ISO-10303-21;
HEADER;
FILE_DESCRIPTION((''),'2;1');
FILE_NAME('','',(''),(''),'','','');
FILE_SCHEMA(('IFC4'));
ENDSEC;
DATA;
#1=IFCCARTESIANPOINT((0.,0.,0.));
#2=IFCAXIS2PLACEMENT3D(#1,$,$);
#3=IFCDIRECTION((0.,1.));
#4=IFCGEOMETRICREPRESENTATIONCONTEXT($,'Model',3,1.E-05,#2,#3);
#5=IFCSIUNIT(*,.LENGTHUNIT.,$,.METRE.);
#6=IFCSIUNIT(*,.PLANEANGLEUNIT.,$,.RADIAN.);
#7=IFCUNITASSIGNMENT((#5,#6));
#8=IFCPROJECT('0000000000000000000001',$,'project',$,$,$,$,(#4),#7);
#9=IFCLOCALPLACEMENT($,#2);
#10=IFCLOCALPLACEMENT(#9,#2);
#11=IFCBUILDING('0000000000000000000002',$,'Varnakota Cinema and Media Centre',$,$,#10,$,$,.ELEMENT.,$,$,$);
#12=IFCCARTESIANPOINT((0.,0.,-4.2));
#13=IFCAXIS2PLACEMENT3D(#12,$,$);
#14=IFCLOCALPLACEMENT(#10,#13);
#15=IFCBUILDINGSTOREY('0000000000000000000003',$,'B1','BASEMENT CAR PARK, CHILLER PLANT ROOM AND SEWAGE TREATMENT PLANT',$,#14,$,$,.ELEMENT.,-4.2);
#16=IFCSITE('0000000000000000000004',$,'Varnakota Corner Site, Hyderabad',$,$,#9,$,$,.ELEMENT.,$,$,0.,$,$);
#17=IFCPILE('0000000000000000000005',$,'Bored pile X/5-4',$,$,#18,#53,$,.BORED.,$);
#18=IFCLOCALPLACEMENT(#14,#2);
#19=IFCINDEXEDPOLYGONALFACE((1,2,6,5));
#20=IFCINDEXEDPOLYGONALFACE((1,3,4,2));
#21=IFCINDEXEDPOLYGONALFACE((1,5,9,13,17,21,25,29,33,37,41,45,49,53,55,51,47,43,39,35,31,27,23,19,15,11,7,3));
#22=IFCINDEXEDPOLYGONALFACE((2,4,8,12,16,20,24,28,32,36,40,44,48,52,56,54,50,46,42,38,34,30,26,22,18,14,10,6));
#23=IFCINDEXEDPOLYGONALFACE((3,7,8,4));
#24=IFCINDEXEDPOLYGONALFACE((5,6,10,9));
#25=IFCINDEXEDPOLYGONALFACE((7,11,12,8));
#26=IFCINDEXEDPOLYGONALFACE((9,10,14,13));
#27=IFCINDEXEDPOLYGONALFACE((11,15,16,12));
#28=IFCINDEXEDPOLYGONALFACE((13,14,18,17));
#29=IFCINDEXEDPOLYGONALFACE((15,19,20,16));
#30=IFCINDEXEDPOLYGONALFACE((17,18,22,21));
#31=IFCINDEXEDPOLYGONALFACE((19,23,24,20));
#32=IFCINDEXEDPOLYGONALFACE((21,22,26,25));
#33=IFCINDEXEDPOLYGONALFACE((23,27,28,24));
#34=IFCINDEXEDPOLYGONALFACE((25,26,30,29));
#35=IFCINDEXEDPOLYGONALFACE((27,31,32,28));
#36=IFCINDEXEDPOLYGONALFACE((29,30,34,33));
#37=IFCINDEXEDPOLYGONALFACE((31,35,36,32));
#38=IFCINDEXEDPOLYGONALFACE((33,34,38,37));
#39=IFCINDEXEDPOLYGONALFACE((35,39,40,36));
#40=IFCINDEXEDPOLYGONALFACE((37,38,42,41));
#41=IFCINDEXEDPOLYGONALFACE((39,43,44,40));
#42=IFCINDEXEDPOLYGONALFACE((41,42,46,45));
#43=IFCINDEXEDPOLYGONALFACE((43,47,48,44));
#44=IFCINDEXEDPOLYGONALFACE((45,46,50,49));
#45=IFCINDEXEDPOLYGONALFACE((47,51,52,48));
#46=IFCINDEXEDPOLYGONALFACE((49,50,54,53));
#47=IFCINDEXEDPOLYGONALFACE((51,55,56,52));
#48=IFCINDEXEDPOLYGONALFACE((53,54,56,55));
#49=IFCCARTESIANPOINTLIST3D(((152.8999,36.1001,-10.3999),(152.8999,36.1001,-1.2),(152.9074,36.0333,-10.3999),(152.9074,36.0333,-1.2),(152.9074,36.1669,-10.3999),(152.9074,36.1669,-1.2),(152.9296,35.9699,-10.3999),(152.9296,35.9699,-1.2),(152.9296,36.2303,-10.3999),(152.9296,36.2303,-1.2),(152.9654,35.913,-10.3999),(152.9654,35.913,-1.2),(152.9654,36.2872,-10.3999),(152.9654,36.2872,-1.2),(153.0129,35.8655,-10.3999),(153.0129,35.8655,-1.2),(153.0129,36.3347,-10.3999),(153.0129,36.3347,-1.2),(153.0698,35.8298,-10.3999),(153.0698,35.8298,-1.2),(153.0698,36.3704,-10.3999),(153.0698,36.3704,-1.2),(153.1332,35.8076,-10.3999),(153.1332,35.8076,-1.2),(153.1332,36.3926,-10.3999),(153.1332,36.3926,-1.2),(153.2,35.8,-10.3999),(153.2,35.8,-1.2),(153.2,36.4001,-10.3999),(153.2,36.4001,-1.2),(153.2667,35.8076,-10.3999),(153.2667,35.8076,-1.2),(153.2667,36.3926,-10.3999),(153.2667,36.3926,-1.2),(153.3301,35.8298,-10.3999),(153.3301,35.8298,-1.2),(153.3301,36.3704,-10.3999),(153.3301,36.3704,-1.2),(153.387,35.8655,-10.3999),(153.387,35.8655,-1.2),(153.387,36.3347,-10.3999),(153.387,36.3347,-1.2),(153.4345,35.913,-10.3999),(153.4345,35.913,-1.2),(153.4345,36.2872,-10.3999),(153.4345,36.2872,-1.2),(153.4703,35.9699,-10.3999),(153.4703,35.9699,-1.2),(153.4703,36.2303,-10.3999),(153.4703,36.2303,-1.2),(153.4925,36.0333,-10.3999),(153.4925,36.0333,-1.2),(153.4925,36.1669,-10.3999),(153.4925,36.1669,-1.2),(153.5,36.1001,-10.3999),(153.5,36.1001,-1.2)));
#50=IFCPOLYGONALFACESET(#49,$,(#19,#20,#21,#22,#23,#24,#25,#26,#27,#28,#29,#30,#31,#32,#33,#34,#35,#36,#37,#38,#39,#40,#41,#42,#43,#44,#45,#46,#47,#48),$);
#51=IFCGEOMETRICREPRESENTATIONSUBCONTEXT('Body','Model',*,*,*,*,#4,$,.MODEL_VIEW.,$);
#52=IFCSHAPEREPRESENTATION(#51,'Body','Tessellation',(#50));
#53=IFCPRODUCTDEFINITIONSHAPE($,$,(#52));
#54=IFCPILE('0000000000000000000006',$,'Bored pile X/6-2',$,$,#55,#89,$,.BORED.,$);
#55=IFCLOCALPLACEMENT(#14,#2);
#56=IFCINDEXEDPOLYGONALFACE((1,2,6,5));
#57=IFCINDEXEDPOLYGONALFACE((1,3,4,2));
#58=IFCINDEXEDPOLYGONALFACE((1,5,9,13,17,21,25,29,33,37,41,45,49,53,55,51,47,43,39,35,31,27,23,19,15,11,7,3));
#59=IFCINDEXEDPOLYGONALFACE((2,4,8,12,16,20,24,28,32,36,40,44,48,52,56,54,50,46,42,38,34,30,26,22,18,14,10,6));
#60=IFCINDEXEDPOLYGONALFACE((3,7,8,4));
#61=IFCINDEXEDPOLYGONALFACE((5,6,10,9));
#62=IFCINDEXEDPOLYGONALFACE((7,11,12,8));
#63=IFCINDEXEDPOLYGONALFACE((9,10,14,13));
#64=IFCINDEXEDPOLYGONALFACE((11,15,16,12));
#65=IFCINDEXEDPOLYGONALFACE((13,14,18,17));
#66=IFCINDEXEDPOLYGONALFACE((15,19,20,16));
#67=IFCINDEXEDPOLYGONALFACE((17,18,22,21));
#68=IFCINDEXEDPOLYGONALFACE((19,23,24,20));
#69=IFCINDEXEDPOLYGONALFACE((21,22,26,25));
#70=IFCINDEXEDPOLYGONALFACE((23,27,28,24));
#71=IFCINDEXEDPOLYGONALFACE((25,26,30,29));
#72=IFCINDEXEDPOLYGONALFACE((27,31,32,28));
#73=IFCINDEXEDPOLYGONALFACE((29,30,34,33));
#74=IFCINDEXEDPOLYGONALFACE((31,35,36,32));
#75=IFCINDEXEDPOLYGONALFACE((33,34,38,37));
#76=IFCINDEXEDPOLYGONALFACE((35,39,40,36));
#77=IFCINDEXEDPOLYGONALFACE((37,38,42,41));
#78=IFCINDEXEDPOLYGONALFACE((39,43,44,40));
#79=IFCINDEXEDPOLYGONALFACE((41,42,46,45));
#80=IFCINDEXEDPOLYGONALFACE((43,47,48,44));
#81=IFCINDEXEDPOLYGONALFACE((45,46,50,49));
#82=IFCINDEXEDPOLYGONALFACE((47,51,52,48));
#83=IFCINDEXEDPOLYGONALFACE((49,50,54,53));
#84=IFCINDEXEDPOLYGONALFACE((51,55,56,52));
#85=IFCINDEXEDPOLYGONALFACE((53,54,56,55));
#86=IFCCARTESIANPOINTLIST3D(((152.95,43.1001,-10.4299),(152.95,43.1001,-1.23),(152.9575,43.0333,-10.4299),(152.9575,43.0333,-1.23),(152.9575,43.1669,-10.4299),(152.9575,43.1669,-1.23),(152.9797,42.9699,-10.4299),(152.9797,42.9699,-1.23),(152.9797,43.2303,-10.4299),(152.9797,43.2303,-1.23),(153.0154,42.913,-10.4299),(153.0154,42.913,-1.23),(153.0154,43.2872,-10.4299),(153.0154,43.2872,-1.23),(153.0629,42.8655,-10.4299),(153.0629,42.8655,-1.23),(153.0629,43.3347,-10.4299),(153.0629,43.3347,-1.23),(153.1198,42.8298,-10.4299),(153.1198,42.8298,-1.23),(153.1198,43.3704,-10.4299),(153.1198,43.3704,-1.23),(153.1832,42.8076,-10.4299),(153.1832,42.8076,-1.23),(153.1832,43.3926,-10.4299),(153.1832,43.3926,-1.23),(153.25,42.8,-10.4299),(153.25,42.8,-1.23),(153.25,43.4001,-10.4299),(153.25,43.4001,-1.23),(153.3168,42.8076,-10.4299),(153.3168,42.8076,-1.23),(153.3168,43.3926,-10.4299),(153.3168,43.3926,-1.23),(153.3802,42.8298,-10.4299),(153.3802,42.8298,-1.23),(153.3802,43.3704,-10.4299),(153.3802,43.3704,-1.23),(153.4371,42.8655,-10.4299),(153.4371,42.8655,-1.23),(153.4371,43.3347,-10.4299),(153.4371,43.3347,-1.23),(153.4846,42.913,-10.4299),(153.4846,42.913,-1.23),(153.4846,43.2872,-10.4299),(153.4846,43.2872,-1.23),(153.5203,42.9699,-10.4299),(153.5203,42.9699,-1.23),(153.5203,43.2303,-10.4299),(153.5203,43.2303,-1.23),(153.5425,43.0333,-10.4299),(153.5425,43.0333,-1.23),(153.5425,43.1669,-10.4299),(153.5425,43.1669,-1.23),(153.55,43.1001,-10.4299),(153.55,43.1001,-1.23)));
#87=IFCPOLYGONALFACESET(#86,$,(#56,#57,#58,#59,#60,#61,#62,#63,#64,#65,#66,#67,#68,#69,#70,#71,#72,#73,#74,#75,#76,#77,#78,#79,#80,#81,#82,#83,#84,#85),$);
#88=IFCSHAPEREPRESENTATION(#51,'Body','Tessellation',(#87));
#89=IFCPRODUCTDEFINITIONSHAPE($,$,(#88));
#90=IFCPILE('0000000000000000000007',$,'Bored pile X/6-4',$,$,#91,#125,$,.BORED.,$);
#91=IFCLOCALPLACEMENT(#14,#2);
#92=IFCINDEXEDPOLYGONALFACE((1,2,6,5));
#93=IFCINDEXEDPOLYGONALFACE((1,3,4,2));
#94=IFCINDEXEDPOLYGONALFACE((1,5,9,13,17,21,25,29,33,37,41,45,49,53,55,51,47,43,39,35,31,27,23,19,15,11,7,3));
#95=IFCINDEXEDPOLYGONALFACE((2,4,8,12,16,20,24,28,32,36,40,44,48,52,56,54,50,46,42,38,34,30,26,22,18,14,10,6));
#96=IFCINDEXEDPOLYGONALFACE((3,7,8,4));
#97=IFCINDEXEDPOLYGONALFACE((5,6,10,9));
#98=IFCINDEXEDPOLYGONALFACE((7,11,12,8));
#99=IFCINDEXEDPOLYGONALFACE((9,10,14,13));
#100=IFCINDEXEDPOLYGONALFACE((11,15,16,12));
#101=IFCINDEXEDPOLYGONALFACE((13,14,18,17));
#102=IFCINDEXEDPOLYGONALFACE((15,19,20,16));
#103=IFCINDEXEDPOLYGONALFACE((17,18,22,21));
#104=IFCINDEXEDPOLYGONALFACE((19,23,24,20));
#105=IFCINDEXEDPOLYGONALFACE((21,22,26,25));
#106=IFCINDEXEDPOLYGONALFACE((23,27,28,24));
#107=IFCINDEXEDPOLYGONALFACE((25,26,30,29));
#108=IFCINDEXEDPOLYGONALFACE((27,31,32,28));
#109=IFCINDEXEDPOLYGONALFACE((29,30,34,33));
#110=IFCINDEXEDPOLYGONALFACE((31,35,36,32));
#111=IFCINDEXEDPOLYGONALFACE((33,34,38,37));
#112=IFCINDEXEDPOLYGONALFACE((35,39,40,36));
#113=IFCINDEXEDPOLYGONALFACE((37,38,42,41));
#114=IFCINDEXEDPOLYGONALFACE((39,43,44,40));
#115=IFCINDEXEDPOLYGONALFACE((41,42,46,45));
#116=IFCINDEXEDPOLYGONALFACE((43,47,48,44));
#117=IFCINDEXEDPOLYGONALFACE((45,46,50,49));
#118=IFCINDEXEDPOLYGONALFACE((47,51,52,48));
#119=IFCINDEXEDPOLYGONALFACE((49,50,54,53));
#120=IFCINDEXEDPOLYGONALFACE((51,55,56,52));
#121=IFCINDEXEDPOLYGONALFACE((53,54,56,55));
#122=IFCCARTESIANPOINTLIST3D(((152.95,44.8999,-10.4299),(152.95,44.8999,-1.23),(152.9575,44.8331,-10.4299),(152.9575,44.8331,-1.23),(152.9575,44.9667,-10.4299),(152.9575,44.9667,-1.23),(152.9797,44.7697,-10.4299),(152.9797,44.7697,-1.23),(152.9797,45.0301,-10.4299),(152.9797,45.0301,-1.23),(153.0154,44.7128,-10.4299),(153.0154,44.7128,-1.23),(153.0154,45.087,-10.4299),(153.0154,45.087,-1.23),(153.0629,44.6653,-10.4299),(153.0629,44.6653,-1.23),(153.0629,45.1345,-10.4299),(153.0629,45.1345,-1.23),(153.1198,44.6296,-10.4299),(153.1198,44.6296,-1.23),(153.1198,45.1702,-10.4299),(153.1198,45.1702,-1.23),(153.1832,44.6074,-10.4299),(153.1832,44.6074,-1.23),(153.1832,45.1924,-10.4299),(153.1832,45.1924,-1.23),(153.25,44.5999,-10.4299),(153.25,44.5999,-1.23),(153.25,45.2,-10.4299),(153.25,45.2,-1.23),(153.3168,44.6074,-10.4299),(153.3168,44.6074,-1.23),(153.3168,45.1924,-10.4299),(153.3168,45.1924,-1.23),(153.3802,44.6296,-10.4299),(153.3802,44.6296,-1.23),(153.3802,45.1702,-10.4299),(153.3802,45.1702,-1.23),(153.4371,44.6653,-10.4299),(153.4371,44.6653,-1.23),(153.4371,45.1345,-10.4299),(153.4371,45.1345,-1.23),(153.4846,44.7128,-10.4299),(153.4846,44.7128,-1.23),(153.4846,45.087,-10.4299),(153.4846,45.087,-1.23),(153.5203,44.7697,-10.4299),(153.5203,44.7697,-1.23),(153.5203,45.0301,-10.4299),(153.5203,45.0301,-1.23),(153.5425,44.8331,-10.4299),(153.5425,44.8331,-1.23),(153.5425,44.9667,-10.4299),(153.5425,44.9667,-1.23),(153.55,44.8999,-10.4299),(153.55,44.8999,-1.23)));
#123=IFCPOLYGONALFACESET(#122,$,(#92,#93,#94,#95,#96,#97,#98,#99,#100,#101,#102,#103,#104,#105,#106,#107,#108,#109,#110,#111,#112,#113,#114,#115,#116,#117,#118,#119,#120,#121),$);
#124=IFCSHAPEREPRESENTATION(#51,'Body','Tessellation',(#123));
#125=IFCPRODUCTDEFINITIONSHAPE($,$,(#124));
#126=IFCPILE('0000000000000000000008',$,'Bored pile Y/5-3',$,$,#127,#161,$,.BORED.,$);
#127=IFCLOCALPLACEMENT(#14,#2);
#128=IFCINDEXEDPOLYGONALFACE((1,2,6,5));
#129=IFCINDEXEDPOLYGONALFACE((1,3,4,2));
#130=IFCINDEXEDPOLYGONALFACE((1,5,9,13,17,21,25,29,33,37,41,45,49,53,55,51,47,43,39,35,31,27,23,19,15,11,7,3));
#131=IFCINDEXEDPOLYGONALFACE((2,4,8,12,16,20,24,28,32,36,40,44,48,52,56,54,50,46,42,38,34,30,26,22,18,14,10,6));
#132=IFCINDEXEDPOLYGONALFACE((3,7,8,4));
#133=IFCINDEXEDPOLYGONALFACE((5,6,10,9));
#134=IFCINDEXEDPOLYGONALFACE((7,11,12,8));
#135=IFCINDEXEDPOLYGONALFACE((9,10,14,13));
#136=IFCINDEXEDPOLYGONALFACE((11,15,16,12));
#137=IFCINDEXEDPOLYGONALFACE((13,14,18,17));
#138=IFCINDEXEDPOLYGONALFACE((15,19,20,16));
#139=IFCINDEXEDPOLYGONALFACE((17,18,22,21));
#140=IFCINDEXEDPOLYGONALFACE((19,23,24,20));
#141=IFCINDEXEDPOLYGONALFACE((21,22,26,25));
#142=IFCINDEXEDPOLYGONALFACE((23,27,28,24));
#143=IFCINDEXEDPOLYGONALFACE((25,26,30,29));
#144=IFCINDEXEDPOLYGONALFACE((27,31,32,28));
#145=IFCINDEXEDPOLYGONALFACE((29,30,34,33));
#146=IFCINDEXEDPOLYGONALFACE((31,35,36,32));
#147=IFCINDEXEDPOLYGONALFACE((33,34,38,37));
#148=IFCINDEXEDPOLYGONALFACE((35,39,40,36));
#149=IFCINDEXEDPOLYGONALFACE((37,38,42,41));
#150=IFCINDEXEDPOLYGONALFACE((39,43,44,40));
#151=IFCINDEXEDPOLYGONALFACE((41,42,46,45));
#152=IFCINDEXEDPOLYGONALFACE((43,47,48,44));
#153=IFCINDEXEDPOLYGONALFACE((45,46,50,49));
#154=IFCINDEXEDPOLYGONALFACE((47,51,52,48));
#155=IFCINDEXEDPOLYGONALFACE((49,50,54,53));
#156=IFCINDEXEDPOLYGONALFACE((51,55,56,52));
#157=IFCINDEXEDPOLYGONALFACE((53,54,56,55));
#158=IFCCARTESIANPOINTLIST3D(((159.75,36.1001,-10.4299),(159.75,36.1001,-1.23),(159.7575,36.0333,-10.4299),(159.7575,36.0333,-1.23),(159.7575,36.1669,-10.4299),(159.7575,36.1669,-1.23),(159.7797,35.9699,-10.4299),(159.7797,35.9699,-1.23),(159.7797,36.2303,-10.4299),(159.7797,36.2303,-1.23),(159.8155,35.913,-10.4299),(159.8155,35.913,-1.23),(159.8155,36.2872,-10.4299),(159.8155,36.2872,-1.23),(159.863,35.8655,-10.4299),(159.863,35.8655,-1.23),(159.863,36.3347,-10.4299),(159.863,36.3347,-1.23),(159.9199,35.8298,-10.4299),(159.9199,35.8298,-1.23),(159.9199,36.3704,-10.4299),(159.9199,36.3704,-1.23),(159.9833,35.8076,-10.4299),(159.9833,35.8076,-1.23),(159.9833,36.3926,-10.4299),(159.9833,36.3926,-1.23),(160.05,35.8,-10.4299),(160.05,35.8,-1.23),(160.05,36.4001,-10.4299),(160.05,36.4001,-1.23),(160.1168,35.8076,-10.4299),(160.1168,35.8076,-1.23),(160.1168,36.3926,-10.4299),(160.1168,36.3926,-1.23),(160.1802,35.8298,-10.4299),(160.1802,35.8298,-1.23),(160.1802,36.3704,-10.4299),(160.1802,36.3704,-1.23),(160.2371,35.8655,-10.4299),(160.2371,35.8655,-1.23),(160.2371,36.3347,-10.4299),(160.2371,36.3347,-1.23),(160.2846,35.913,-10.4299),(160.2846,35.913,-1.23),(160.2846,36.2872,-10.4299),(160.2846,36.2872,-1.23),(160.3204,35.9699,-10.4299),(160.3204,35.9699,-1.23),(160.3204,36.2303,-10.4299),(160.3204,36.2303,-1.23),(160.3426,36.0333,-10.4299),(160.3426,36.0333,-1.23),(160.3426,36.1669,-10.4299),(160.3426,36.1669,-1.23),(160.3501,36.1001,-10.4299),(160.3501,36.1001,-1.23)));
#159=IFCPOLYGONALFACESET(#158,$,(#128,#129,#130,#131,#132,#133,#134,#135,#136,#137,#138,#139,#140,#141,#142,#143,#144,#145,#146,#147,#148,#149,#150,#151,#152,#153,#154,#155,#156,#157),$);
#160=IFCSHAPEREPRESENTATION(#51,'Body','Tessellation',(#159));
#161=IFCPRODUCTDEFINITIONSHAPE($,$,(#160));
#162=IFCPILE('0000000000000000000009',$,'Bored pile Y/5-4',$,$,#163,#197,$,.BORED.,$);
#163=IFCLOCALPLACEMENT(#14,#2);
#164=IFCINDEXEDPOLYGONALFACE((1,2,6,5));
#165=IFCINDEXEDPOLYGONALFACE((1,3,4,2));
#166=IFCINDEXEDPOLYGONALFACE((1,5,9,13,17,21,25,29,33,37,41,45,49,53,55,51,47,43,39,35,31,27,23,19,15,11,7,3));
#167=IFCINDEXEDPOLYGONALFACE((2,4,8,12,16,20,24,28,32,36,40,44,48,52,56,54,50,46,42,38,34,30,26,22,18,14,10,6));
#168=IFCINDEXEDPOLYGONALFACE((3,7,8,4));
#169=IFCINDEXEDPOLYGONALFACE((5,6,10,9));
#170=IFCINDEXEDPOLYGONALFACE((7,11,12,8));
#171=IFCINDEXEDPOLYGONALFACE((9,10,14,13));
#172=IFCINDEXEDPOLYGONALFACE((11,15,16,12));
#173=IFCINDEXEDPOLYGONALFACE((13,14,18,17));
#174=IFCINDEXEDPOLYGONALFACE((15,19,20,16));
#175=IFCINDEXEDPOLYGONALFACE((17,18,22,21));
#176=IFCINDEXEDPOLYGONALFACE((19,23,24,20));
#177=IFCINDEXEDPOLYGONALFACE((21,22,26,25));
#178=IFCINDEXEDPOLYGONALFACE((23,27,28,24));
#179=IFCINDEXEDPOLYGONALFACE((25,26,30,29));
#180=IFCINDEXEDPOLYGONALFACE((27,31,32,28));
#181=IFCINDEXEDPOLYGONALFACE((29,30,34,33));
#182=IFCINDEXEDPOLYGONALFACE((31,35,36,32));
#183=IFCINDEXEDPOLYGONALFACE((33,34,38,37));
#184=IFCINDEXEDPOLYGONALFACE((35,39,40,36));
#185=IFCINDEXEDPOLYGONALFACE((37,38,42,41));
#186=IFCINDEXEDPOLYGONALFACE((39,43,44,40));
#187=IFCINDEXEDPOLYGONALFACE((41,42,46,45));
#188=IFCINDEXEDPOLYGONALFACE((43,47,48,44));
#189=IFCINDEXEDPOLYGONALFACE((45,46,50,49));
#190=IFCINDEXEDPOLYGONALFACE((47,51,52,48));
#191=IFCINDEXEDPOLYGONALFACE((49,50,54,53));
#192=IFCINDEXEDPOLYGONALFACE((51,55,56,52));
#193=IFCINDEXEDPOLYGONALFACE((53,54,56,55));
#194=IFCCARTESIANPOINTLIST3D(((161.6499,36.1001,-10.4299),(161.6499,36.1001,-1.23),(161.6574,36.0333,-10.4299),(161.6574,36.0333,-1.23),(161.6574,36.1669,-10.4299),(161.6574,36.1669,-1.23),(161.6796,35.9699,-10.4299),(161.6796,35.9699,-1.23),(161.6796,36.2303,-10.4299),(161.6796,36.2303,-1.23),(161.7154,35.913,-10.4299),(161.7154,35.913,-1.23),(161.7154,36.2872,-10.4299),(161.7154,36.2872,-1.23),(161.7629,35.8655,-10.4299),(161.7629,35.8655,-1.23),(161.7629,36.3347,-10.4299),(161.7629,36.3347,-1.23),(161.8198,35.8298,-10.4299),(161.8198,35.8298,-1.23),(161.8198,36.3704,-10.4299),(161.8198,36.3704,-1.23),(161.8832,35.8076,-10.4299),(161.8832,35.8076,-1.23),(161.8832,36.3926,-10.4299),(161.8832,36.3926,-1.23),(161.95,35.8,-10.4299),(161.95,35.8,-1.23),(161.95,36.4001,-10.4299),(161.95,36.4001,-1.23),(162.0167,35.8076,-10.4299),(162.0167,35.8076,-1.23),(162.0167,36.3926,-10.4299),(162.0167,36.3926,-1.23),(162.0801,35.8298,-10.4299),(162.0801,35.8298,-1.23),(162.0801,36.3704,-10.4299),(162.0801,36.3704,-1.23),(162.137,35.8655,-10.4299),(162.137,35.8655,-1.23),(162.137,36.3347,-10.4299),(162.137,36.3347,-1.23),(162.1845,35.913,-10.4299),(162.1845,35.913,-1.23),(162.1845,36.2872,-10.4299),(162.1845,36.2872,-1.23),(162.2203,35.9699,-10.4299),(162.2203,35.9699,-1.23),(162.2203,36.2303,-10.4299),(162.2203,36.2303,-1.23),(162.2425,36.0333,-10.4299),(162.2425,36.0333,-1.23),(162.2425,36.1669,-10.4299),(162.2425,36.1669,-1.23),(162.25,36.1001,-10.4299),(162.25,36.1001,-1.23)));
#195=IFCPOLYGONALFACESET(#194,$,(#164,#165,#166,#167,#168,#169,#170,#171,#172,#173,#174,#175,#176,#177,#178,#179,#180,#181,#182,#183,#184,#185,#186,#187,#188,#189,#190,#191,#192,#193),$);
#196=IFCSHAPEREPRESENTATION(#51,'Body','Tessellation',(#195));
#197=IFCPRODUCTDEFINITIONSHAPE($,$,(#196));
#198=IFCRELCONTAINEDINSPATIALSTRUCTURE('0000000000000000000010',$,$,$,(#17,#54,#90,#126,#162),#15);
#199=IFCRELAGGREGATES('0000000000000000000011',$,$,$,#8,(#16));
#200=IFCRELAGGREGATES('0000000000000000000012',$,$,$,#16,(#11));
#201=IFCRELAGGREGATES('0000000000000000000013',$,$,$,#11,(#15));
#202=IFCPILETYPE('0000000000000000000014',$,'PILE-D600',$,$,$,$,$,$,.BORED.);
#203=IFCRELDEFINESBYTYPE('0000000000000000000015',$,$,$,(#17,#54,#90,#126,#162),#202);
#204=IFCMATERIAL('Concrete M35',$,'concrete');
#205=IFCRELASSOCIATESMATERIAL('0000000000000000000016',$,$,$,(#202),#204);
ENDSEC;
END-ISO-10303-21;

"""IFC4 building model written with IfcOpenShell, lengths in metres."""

from ifc_helpers import new_model, si_unit, direction, frame, origin, origin_2d, place, context, subcontext, project, spatial, circle, extrude, material, material_profile, profile_set, type_object, element, save


model = new_model("IFC4")

# Units and contexts
model_context = context("Model", 3, precision=1e-05, world=origin(), true_north=direction((0.0, 1.0)))
body_context = subcontext(model_context, "Body", "Model", "MODEL_VIEW")
ifc_project = project(units=[si_unit("LENGTHUNIT", "METRE"), si_unit("PLANEANGLEUNIT", "RADIAN")], contexts=[model_context])

# Site, building, storey
site_placement = place(None, origin())
site = spatial("IfcSite", under=ifc_project, at=site_placement, Name="Varnakota Corner Site, Hyderabad", CompositionType="ELEMENT", RefElevation=0.0)
building_placement = place(site_placement, origin())
building = spatial("IfcBuilding", under=site, at=building_placement, Name="Varnakota Cinema and Media Centre", CompositionType="ELEMENT")
storey_placement = place(building_placement, frame((0.0, 0.0, -4.2)))
storey = spatial("IfcBuildingStorey", under=building, at=storey_placement, Name="B1", Description="BASEMENT CAR PARK, CHILLER PLANT ROOM AND SEWAGE TREATMENT PLANT", CompositionType="ELEMENT", Elevation=-4.2)

# Piles
ifc_material_1 = material(Name="Concrete M35", Category="concrete")
ifc_material_profile_1 = material_profile(ifc_material_1, circle(Radius=0.3, at=origin_2d()), Name="PILE D600")
ifc_profile_set_1 = profile_set([ifc_material_profile_1], Name="Concrete M35")
pile_type_1 = type_object("IfcPileType", Name="PILE-D600", PredefinedType="BORED", material=ifc_profile_set_1)
for number, where, z_axis, x_axis, name in (
    (1, (153.2, 36.1001, -1.2), (0.0, 0.0, -1.0), (1.0, 0.0, 0.0), "Bored pile X/5-4"),
    (2, (153.25, 43.1001, -1.23), (0.0, 0.0, -1.0), (1.0, 0.0, 0.0), "Bored pile X/6-2"),
    (3, (153.25, 44.8999, -1.23), (0.0, 0.0, -1.0), (1.0, 0.0, 0.0), "Bored pile X/6-4"),
    (4, (160.05, 36.1001, -1.23), (0.0, 0.0, -1.0), (1.0, 0.0, 0.0), "Bored pile Y/5-3"),
    (5, (161.95, 36.1001, -1.23), (0.0, 0.0, -1.0), (1.0, 0.0, 0.0), "Bored pile Y/5-4"),
):
    element("IfcPile", number, at=place(storey_placement, frame(where, z_axis=z_axis, x_axis=x_axis)), inside=storey, type_object=pile_type_1, Name=name, PredefinedType="BORED", context=body_context, shape_type="SweptSolid", body=[
        extrude(circle(Radius=0.3, at=origin_2d()), origin(), (0.0, 0.0, 1.0), 9.2),
    ])

save(model, "model.ifc")
